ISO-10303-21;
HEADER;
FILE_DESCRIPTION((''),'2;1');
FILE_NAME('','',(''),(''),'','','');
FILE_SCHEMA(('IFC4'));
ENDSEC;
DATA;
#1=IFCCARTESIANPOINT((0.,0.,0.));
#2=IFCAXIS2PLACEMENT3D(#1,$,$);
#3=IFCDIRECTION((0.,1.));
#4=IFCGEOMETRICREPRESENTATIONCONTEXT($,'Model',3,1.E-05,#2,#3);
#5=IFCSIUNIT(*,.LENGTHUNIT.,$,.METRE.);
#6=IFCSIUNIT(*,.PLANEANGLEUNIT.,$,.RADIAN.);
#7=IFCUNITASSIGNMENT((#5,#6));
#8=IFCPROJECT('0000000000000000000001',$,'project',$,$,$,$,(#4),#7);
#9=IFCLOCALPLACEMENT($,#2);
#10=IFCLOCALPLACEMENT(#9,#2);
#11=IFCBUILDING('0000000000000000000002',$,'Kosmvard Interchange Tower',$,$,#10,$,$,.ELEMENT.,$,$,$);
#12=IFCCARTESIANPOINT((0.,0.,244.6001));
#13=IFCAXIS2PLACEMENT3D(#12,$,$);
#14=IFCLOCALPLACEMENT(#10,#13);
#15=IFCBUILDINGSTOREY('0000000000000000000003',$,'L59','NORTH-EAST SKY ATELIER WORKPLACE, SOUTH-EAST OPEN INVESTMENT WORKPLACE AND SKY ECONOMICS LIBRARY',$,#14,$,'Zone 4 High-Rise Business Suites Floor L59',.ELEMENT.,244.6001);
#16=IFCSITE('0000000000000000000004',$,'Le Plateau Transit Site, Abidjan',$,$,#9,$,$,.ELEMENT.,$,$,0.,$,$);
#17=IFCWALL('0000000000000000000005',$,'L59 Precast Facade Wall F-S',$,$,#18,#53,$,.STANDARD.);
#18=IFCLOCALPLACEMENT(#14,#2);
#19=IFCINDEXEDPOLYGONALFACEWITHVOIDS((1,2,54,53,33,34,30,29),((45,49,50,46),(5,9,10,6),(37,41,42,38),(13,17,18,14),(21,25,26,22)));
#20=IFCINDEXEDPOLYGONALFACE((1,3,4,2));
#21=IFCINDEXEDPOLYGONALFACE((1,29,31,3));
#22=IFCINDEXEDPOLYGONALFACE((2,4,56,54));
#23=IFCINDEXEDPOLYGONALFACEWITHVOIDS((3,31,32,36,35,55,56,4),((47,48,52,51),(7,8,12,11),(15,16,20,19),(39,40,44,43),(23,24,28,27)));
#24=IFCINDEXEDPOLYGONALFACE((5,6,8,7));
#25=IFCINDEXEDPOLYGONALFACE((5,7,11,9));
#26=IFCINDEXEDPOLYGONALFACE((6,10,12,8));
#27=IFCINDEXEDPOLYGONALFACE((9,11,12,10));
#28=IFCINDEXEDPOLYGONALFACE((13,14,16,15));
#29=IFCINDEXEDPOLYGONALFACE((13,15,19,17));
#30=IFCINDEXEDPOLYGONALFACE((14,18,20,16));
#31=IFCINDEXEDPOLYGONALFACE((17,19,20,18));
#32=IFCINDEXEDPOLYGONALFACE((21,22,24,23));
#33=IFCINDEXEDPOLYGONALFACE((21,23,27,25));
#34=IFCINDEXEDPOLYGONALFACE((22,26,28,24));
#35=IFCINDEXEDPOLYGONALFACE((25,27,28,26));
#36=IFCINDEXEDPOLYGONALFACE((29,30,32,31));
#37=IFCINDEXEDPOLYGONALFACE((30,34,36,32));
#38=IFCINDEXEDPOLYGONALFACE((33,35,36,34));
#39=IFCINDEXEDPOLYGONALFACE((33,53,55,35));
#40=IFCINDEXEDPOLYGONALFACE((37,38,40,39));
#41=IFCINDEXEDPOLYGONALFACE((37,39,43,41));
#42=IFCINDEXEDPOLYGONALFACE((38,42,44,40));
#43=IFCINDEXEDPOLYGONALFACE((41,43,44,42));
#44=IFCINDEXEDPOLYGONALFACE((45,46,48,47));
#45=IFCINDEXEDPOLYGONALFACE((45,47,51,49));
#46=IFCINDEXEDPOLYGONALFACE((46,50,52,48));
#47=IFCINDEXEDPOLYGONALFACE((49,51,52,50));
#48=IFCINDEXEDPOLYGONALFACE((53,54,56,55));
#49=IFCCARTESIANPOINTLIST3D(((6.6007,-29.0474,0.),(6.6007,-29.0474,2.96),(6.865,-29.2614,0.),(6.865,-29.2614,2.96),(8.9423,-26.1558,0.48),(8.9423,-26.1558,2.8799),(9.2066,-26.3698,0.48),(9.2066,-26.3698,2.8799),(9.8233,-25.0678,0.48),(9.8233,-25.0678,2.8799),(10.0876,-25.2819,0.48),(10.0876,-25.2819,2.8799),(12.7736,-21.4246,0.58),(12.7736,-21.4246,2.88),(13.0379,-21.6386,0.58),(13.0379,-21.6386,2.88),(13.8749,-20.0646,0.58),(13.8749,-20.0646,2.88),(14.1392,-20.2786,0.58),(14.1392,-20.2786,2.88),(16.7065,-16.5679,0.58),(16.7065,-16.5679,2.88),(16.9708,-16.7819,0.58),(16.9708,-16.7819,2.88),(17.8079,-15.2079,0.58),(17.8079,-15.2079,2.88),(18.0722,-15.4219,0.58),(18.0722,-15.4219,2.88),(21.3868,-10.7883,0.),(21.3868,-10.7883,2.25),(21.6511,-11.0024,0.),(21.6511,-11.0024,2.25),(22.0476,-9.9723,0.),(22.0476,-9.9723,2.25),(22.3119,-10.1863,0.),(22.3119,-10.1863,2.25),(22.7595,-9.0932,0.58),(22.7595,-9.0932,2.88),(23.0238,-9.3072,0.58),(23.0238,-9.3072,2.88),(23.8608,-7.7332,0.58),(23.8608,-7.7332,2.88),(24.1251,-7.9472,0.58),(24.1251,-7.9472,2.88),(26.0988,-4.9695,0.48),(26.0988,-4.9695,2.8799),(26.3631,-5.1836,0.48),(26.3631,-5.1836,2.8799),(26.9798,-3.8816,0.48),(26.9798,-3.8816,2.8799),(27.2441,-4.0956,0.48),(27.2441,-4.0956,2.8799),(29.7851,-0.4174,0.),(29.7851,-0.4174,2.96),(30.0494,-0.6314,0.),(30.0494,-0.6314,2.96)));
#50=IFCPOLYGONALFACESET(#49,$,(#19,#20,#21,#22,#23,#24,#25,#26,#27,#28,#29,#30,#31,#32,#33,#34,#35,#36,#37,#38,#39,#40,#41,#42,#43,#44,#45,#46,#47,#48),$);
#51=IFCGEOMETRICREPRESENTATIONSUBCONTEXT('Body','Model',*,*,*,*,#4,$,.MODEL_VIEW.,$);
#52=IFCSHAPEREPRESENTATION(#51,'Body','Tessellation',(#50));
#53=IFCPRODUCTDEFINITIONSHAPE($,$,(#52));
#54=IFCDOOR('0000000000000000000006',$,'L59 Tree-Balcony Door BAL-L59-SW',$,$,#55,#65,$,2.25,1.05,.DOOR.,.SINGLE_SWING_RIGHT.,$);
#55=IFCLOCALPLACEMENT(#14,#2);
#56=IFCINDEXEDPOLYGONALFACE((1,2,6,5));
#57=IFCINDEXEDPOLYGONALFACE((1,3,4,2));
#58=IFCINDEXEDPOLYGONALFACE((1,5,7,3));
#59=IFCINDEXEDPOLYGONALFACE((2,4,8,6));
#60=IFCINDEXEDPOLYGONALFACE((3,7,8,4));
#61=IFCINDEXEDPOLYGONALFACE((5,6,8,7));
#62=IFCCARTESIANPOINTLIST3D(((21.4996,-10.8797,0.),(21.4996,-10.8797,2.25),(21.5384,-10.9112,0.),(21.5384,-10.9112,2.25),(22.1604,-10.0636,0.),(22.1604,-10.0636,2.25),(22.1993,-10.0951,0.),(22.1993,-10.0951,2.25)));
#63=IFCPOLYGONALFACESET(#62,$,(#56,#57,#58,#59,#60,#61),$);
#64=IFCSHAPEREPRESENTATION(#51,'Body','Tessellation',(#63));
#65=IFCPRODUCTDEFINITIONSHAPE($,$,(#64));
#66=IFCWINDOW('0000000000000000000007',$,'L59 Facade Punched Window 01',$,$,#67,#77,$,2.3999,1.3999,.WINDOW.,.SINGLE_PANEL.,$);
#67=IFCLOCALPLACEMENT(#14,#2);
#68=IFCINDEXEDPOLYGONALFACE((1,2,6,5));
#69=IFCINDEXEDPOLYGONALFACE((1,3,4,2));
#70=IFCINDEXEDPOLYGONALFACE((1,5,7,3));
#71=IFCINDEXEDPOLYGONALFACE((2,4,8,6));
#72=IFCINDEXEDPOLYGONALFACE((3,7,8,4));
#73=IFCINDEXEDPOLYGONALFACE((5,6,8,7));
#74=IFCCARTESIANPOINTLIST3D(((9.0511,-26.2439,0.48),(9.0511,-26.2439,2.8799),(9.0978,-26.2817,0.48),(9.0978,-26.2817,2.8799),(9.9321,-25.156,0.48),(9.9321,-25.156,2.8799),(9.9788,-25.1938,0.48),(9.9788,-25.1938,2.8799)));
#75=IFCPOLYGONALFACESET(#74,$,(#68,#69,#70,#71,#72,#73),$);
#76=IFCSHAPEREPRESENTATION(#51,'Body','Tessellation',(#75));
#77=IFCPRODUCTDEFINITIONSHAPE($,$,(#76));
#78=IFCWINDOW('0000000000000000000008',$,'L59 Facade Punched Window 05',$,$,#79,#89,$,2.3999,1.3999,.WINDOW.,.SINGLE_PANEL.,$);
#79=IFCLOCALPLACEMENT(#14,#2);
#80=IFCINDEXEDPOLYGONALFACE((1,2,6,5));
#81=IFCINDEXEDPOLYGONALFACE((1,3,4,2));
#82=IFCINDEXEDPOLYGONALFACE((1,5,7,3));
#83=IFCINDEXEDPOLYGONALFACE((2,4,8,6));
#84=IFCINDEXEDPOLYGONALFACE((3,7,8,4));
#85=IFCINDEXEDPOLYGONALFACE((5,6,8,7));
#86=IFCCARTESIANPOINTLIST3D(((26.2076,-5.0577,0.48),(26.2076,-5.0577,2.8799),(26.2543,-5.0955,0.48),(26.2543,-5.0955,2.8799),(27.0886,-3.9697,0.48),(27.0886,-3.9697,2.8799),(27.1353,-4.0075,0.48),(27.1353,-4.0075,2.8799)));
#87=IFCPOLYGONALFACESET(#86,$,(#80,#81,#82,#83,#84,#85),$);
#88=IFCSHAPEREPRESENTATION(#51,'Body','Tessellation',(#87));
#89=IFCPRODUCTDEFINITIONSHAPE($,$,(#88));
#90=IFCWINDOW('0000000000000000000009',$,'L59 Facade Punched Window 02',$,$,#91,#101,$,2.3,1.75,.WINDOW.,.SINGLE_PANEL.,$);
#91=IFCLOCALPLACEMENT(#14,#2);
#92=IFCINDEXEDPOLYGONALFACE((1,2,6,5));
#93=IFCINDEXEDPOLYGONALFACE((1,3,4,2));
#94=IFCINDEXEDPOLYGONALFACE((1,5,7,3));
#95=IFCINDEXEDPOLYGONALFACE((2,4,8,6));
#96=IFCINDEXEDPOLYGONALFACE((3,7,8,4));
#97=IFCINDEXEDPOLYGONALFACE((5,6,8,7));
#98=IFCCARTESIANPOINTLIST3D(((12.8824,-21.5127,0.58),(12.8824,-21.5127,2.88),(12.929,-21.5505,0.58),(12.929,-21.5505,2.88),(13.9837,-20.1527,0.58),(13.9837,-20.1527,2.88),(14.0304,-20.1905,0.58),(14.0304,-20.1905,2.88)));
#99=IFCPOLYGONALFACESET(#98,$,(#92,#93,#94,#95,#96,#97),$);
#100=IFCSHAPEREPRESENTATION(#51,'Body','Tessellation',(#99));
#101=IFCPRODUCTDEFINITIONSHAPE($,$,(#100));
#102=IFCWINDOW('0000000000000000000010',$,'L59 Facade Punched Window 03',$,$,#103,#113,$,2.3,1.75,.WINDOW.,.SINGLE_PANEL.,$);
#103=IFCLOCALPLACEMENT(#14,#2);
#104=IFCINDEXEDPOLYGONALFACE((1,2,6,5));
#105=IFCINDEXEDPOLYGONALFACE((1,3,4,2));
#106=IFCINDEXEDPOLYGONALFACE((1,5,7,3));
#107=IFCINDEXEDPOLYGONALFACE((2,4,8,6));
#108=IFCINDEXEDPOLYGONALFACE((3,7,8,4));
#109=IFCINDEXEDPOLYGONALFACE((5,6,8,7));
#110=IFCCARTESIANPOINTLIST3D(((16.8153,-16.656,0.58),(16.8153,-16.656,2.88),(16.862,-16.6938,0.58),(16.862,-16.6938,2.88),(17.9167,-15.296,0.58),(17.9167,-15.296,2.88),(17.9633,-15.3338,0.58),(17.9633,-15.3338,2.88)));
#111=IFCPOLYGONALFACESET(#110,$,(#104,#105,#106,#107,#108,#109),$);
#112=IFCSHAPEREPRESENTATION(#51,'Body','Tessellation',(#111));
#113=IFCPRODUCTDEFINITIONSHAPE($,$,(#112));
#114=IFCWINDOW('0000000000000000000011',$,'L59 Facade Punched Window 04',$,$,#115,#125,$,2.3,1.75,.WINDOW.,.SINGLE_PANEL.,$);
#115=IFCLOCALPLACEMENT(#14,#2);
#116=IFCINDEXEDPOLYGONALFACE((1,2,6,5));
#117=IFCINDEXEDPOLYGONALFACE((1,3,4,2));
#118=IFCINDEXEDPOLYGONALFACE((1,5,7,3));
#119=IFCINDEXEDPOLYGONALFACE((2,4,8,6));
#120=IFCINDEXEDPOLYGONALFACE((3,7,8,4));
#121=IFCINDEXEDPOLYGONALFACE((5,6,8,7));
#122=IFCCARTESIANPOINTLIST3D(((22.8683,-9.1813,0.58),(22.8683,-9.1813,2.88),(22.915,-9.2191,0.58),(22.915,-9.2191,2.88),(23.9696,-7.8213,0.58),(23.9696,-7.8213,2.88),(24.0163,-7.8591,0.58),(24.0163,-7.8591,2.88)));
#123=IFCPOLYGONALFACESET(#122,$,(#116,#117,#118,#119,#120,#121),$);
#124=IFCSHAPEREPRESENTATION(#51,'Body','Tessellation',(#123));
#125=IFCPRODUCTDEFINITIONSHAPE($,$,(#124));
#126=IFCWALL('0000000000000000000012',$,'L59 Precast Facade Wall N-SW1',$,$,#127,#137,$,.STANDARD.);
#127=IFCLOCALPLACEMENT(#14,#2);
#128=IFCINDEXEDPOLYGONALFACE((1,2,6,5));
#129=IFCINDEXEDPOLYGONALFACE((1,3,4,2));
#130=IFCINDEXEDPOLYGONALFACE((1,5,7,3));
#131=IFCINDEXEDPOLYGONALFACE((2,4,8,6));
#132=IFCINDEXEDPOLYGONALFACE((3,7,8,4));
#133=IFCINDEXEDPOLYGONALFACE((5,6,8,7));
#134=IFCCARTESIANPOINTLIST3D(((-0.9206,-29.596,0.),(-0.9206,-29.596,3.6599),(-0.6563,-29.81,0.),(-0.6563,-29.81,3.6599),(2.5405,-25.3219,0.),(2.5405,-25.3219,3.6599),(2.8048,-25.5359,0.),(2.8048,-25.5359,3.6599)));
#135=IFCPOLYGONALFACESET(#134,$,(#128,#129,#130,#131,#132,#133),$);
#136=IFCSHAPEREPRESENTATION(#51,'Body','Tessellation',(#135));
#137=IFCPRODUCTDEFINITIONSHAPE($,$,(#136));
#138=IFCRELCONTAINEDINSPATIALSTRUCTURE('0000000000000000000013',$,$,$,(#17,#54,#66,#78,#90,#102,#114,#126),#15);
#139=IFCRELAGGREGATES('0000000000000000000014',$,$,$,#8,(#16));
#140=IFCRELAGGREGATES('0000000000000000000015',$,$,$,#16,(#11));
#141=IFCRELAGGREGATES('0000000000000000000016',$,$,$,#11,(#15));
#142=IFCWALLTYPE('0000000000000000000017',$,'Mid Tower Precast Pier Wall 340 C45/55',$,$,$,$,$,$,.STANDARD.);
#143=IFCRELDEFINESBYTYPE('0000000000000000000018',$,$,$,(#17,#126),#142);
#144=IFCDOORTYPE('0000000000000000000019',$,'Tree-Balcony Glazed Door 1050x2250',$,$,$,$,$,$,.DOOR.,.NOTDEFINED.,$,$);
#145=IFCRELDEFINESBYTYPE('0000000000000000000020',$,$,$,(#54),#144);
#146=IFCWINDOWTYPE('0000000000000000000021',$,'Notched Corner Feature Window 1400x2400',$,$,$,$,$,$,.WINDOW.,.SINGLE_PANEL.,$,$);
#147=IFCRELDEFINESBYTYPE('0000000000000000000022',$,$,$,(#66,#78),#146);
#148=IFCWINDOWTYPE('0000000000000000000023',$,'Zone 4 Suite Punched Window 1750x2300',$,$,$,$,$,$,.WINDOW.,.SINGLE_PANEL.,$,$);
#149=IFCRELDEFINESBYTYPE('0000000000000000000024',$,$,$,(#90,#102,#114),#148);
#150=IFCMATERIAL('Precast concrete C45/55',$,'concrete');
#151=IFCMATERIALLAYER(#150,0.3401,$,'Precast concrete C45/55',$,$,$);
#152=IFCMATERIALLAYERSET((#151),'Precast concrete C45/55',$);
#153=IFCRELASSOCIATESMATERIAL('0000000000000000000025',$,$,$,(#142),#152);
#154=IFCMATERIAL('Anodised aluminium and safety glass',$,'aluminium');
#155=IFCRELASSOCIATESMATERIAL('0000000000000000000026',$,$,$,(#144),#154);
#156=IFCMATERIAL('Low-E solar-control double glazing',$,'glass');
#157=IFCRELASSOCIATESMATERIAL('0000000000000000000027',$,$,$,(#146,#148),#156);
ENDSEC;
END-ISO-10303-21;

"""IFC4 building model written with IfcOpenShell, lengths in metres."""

from ifc_helpers import new_model, si_unit, direction, frame, frame_2d, origin, place, context, subcontext, project, spatial, rectangle, extrude, source, transform, mapped, material, layer, layer_set, type_object, element, fill, save


model = new_model("IFC4")

# Units and contexts
model_context = context("Model", 3, precision=1e-05, world=origin(), true_north=direction((0.0, 1.0)))
body_context = subcontext(model_context, "Body", "Model", "MODEL_VIEW")
ifc_project = project(units=[si_unit("LENGTHUNIT", "METRE"), si_unit("PLANEANGLEUNIT", "RADIAN")], contexts=[model_context])

# Site, building, storey
site_placement = place(None, origin())
site = spatial("IfcSite", under=ifc_project, at=site_placement, Name="Le Plateau Transit Site, Abidjan", CompositionType="ELEMENT", RefElevation=0.0)
building_placement = place(site_placement, origin())
building = spatial("IfcBuilding", under=site, at=building_placement, Name="Kosmvard Interchange Tower", CompositionType="ELEMENT")
storey_placement = place(building_placement, frame((0.0, 0.0, 244.6001)))
storey = spatial("IfcBuildingStorey", under=building, at=storey_placement, Name="L59", Description="NORTH-EAST SKY ATELIER WORKPLACE, SOUTH-EAST OPEN INVESTMENT WORKPLACE AND SKY ECONOMICS LIBRARY", LongName="Zone 4 High-Rise Business Suites Floor L59", CompositionType="ELEMENT", Elevation=244.6001)

# Wall, openings, door, windows
ifc_material_1 = material(Name="Precast concrete C45/55", Category="concrete")
ifc_layer_1 = layer(ifc_material_1, 0.3401, Name="Precast concrete C45/55")
ifc_layer_set_1 = layer_set([ifc_layer_1], Name="Precast concrete C45/55")
wall_type_1 = type_object("IfcWallType", Name="Mid Tower Precast Pier Wall 340 C45/55", PredefinedType="STANDARD", material=ifc_layer_set_1)
wall_1_placement = place(storey_placement, frame((6.7329, -29.1543, 0.0), z_axis=(0.0, 0.0, 1.0), x_axis=(0.629325, 0.777142, 0.0)))
wall_1 = element("IfcWall", 1, at=wall_1_placement, inside=storey, type_object=wall_type_1, Name="L59 Precast Facade Wall F-S", PredefinedType="STANDARD", context=body_context, shape_type="SweptSolid", body=[
    extrude(rectangle(XDim=36.8401, YDim=0.3401, at=frame_2d((18.4199, 0.0))), origin(), (0.0, 0.0, 1.0), 2.96),
])
opening_1_placement = place(wall_1_placement, frame((23.4951, 0.0, 0.0)))
opening_1 = element("IfcOpeningElement", 2, at=opening_1_placement, cuts=wall_1, PredefinedType="OPENING", context=body_context, shape_type="SweptSolid", body=[
    extrude(rectangle(XDim=1.05, YDim=2.25, at=frame_2d((0.5249, 1.125))), frame((0.0, 0.1802, 0.0), z_axis=(0.0, -1.0, 0.0), x_axis=(1.0, 0.0, 0.0)), (0.0, 0.0, 1.0), 0.3601),
])
opening_2_placement = place(wall_1_placement, frame((3.7207, 0.0, 0.48)))
opening_2 = element("IfcOpeningElement", 3, at=opening_2_placement, cuts=wall_1, PredefinedType="OPENING", context=body_context, shape_type="SweptSolid", body=[
    extrude(rectangle(XDim=1.3999, YDim=2.3999, at=frame_2d((0.7, 1.2))), frame((0.0, 0.1802, 0.0), z_axis=(0.0, -1.0, 0.0), x_axis=(1.0, 0.0, 0.0)), (0.0, 0.0, 1.0), 0.3601),
])
opening_3_placement = place(wall_1_placement, frame((9.8086, 0.0, 0.5801)))
opening_3 = element("IfcOpeningElement", 4, at=opening_3_placement, cuts=wall_1, PredefinedType="OPENING", context=body_context, shape_type="SweptSolid", body=[
    extrude(rectangle(XDim=1.75, YDim=2.3, at=frame_2d((0.875, 1.1499))), frame((0.0, 0.1802, 0.0), z_axis=(0.0, -1.0, 0.0), x_axis=(1.0, 0.0, 0.0)), (0.0, 0.0, 1.0), 0.3601),
])
opening_4_placement = place(wall_1_placement, frame((16.0581, 0.0, 0.5801)))
opening_4 = element("IfcOpeningElement", 5, at=opening_4_placement, cuts=wall_1, PredefinedType="OPENING", context=body_context, shape_type="SweptSolid", body=[
    extrude(rectangle(XDim=1.75, YDim=2.3, at=frame_2d((0.875, 1.1499))), frame((0.0, 0.1802, 0.0), z_axis=(0.0, -1.0, 0.0), x_axis=(1.0, 0.0, 0.0)), (0.0, 0.0, 1.0), 0.3601),
])
opening_5_placement = place(wall_1_placement, frame((25.6763, 0.0, 0.5801)))
opening_5 = element("IfcOpeningElement", 6, at=opening_5_placement, cuts=wall_1, PredefinedType="OPENING", context=body_context, shape_type="SweptSolid", body=[
    extrude(rectangle(XDim=1.75, YDim=2.3, at=frame_2d((0.875, 1.1499))), frame((0.0, 0.1802, 0.0), z_axis=(0.0, -1.0, 0.0), x_axis=(1.0, 0.0, 0.0)), (0.0, 0.0, 1.0), 0.3601),
])
opening_6_placement = place(wall_1_placement, frame((30.9824, 0.0, 0.48)))
opening_6 = element("IfcOpeningElement", 7, at=opening_6_placement, cuts=wall_1, PredefinedType="OPENING", context=body_context, shape_type="SweptSolid", body=[
    extrude(rectangle(XDim=1.3999, YDim=2.3999, at=frame_2d((0.7, 1.2))), frame((0.0, 0.1802, 0.0), z_axis=(0.0, -1.0, 0.0), x_axis=(1.0, 0.0, 0.0)), (0.0, 0.0, 1.0), 0.3601),
])
ifc_material_2 = material(Name="Anodised aluminium and safety glass", Category="aluminium")
door_type = type_object("IfcDoorType", Name="Tree-Balcony Glazed Door 1050x2250", OperationType="NOTDEFINED", PredefinedType="DOOR", material=ifc_material_2)
shared_shape_1 = source(origin(), body_context, "Body", "SweptSolid", [
    extrude(rectangle(XDim=1.05, YDim=2.25, at=frame_2d((0.5249, 1.125))), frame((0.0, 0.0249, 0.0), z_axis=(0.0, -1.0, 0.0), x_axis=(1.0, 0.0, 0.0)), (0.0, 0.0, 1.0), 0.05),
])
door_placement = place(opening_1_placement, origin())
door = element("IfcDoor", 8, at=door_placement, inside=storey, type_object=door_type, Name="L59 Tree-Balcony Door BAL-L59-SW", OperationType="SINGLE_SWING_RIGHT", OverallHeight=2.25, OverallWidth=1.05, PredefinedType="DOOR", context=body_context, shape_type="MappedRepresentation", body=[
    mapped(shared_shape_1, transform((0.0, 0.0, 0.0), scale=1.0)),
])
fill(opening_1, door)
ifc_material_3 = material(Name="Low-E solar-control double glazing", Category="glass")
window_type_1 = type_object("IfcWindowType", Name="Notched Corner Feature Window 1400x2400", PartitioningType="SINGLE_PANEL", PredefinedType="WINDOW", material=ifc_material_3)
shared_shape_2 = source(origin(), body_context, "Body", "SweptSolid", [
    extrude(rectangle(XDim=1.3999, YDim=2.3999, at=frame_2d((0.7, 1.2))), frame((0.0, 0.03, 0.0), z_axis=(0.0, -1.0, 0.0), x_axis=(1.0, 0.0, 0.0)), (0.0, 0.0, 1.0), 0.0601),
])
window_1_placement = place(opening_2_placement, origin())
window_1 = element("IfcWindow", 9, at=window_1_placement, inside=storey, type_object=window_type_1, Name="L59 Facade Punched Window 01", OverallHeight=2.3999, OverallWidth=1.3999, PartitioningType="SINGLE_PANEL", PredefinedType="WINDOW", context=body_context, shape_type="MappedRepresentation", body=[
    mapped(shared_shape_2, transform((0.0, 0.0, 0.0), scale=1.0)),
])
fill(opening_2, window_1)
window_2_placement = place(opening_6_placement, origin())
window_2 = element("IfcWindow", 10, at=window_2_placement, inside=storey, type_object=window_type_1, Name="L59 Facade Punched Window 05", OverallHeight=2.3999, OverallWidth=1.3999, PartitioningType="SINGLE_PANEL", PredefinedType="WINDOW", context=body_context, shape_type="MappedRepresentation", body=[
    mapped(shared_shape_2, transform((0.0, 0.0, 0.0), scale=1.0)),
])
fill(opening_6, window_2)
window_type_2 = type_object("IfcWindowType", Name="Zone 4 Suite Punched Window 1750x2300", PartitioningType="SINGLE_PANEL", PredefinedType="WINDOW", material=ifc_material_3)
shared_shape_3 = source(origin(), body_context, "Body", "SweptSolid", [
    extrude(rectangle(XDim=1.75, YDim=2.3, at=frame_2d((0.875, 1.1499))), frame((0.0, 0.03, 0.0), z_axis=(0.0, -1.0, 0.0), x_axis=(1.0, 0.0, 0.0)), (0.0, 0.0, 1.0), 0.0601),
])
window_3_placement = place(opening_3_placement, origin())
window_3 = element("IfcWindow", 11, at=window_3_placement, inside=storey, type_object=window_type_2, Name="L59 Facade Punched Window 02", OverallHeight=2.3, OverallWidth=1.75, PartitioningType="SINGLE_PANEL", PredefinedType="WINDOW", context=body_context, shape_type="MappedRepresentation", body=[
    mapped(shared_shape_3, transform((0.0, 0.0, 0.0), scale=1.0)),
])
fill(opening_3, window_3)
window_4_placement = place(opening_4_placement, origin())
window_4 = element("IfcWindow", 12, at=window_4_placement, inside=storey, type_object=window_type_2, Name="L59 Facade Punched Window 03", OverallHeight=2.3, OverallWidth=1.75, PartitioningType="SINGLE_PANEL", PredefinedType="WINDOW", context=body_context, shape_type="MappedRepresentation", body=[
    mapped(shared_shape_3, transform((0.0, 0.0, 0.0), scale=1.0)),
])
fill(opening_4, window_4)
window_5_placement = place(opening_5_placement, origin())
window_5 = element("IfcWindow", 13, at=window_5_placement, inside=storey, type_object=window_type_2, Name="L59 Facade Punched Window 04", OverallHeight=2.3, OverallWidth=1.75, PartitioningType="SINGLE_PANEL", PredefinedType="WINDOW", context=body_context, shape_type="MappedRepresentation", body=[
    mapped(shared_shape_3, transform((0.0, 0.0, 0.0), scale=1.0)),
])
fill(opening_5, window_5)

# Wall
wall_2_placement = place(storey_placement, frame((-0.7886, -29.7031, 0.0), z_axis=(0.0, 0.0, 1.0), x_axis=(0.629323, 0.777144, 0.0)))
element("IfcWall", 14, at=wall_2_placement, inside=storey, type_object=wall_type_1, Name="L59 Precast Facade Wall N-SW1", PredefinedType="STANDARD", context=body_context, shape_type="SweptSolid", body=[
    extrude(rectangle(XDim=5.4998, YDim=0.3401, at=frame_2d((2.75, 0.0))), origin(), (0.0, 0.0, 1.0), 3.6599),
])

save(model, "model.ifc")
